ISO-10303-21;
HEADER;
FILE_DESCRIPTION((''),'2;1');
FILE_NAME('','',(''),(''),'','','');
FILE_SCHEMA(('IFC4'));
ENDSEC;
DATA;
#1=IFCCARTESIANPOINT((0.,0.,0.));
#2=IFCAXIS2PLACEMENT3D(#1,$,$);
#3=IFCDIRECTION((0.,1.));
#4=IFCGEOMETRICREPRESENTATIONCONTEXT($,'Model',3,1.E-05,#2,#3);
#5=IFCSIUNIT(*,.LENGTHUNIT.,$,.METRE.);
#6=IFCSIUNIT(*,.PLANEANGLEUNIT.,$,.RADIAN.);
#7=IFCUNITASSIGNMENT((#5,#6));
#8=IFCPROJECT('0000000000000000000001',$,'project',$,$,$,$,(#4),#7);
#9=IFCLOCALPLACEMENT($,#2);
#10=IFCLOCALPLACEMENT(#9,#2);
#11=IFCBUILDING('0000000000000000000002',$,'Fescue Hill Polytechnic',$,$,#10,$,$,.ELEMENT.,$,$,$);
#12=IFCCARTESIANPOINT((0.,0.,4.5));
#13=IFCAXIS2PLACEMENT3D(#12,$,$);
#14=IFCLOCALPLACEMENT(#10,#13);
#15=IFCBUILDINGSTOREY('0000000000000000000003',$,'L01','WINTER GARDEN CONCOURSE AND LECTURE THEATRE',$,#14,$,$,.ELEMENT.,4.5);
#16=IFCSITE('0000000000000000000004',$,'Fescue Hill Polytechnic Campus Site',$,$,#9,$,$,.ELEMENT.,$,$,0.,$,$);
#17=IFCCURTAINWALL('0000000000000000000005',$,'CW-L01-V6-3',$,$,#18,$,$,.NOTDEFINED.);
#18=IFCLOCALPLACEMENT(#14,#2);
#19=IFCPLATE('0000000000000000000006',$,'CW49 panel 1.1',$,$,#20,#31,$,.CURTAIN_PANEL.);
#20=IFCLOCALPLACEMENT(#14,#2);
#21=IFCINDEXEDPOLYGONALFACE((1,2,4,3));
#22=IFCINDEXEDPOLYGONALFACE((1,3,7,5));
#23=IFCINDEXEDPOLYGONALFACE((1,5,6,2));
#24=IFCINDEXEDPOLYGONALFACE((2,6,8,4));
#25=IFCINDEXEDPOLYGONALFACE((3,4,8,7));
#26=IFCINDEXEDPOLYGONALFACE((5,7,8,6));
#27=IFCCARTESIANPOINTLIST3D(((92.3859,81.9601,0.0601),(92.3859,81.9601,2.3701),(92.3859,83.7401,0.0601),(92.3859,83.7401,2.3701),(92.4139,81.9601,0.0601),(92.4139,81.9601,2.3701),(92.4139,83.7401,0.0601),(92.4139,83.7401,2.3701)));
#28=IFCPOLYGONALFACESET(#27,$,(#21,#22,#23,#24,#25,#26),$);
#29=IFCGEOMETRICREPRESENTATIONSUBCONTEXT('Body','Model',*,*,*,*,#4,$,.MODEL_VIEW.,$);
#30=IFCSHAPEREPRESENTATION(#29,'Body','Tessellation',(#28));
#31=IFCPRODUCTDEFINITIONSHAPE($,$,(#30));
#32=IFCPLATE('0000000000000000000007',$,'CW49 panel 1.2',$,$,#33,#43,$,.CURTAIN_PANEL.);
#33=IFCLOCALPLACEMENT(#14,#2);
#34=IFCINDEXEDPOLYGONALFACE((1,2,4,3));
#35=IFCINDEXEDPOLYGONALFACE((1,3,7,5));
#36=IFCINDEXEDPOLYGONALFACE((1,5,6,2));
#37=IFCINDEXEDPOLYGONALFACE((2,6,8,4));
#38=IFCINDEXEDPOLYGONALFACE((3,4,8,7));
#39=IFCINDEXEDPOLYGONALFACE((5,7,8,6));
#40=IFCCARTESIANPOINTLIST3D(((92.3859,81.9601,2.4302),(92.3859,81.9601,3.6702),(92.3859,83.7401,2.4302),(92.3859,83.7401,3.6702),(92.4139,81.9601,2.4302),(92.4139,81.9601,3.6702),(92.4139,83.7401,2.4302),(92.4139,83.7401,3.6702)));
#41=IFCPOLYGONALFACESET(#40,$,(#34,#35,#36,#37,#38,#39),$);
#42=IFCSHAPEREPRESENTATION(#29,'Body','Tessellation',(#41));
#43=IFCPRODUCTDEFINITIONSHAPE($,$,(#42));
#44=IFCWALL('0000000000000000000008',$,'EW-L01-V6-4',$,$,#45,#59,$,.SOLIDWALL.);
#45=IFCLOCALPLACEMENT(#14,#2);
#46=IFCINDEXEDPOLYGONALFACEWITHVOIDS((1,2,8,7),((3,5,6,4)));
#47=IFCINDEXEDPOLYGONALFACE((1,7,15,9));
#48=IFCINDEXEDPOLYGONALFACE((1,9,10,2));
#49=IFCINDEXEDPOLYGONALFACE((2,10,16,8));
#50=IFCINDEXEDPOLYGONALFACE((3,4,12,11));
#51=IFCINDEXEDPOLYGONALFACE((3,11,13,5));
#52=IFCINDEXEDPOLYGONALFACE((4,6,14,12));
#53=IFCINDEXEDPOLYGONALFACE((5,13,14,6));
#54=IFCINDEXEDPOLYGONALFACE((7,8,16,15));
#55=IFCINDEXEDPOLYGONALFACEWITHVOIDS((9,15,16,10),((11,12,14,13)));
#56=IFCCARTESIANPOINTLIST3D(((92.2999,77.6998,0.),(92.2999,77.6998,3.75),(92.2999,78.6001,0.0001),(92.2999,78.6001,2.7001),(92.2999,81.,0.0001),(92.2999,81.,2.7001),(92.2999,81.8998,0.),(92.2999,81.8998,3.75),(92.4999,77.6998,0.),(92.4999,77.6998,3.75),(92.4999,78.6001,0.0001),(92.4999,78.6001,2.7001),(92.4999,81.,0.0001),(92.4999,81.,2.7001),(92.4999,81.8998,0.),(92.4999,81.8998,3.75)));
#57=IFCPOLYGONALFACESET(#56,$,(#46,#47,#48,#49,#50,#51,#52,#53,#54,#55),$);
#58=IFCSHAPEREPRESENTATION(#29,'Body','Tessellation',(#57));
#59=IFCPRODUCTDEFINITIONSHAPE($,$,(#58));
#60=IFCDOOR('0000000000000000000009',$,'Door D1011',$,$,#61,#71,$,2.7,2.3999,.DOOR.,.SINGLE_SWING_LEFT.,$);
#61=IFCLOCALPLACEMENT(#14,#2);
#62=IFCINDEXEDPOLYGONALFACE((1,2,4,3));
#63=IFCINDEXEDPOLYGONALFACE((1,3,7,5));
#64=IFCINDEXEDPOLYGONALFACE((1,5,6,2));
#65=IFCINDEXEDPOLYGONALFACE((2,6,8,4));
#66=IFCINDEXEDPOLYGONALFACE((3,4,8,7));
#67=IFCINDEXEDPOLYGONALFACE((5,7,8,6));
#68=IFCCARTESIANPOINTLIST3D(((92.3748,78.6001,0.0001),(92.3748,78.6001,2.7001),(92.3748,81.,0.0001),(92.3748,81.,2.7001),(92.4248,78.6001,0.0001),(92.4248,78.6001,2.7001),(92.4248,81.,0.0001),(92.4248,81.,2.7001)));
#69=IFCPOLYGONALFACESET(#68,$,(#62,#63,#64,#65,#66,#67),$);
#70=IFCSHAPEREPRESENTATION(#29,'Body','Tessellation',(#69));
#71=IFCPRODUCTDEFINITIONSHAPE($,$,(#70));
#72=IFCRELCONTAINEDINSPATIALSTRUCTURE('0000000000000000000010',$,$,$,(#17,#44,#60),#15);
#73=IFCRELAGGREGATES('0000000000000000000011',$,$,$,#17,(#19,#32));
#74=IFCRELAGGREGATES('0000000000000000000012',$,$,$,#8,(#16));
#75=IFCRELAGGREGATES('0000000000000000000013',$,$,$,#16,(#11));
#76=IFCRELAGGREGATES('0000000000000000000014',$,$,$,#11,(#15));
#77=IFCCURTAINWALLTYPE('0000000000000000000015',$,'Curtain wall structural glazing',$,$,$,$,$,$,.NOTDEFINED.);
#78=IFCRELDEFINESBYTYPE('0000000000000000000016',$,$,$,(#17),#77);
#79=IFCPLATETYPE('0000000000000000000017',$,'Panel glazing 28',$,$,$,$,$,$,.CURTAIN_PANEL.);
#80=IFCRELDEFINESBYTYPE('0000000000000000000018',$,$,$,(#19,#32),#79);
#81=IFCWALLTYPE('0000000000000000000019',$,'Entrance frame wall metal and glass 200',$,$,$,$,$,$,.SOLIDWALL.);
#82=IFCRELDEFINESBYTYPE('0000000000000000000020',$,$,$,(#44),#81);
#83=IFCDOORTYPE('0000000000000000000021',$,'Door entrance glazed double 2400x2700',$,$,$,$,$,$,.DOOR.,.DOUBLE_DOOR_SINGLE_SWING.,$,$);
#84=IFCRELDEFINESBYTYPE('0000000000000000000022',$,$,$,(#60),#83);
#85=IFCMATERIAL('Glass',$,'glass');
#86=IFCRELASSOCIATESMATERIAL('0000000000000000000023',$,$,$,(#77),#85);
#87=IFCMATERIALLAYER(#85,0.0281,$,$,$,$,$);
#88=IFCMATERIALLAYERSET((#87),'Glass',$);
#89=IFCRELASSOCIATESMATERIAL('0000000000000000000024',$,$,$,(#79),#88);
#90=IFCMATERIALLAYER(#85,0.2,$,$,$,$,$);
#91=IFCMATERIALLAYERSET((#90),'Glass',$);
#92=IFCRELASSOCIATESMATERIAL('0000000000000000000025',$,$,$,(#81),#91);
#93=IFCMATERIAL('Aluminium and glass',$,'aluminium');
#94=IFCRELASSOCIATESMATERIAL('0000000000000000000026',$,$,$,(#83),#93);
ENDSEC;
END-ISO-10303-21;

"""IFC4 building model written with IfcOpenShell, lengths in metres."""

from ifc_helpers import new_model, si_unit, direction, frame, frame_2d, origin, origin_2d, place, context, subcontext, project, spatial, rectangle, extrude, material, layer, layer_set, type_object, element, fill, aggregate, save


model = new_model("IFC4")

# Units and contexts
model_context = context("Model", 3, precision=1e-05, world=origin(), true_north=direction((0.0, 1.0)))
body_context = subcontext(model_context, "Body", "Model", "MODEL_VIEW")
ifc_project = project(units=[si_unit("LENGTHUNIT", "METRE"), si_unit("PLANEANGLEUNIT", "RADIAN")], contexts=[model_context])

# Site, building, storey
site_placement = place(None, origin())
site = spatial("IfcSite", under=ifc_project, at=site_placement, Name="Fescue Hill Polytechnic Campus Site", CompositionType="ELEMENT", RefElevation=0.0)
building_placement = place(site_placement, origin())
building = spatial("IfcBuilding", under=site, at=building_placement, Name="Fescue Hill Polytechnic", CompositionType="ELEMENT")
storey_placement = place(building_placement, frame((0.0, 0.0, 4.5)))
storey = spatial("IfcBuildingStorey", under=building, at=storey_placement, Name="L01", Description="WINTER GARDEN CONCOURSE AND LECTURE THEATRE", CompositionType="ELEMENT", Elevation=4.5)

# Curtain wall
ifc_material_1 = material(Name="Glass", Category="glass")
curtain_wall_type = type_object("IfcCurtainWallType", Name="Curtain wall structural glazing", PredefinedType="NOTDEFINED", material=ifc_material_1)
curtain_wall_1_placement = place(storey_placement, origin())
curtain_wall_1 = element("IfcCurtainWall", 1, at=curtain_wall_1_placement, inside=storey, type_object=curtain_wall_type, Name="CW-L01-V6-3", PredefinedType="NOTDEFINED")

# Plates
ifc_layer_1 = layer(ifc_material_1, 0.0281)
ifc_layer_set_1 = layer_set([ifc_layer_1], Name="Glass")
plate_type = type_object("IfcPlateType", Name="Panel glazing 28", PredefinedType="CURTAIN_PANEL", material=ifc_layer_set_1)
plate_1_placement = place(storey_placement, frame((92.3999, 82.8501, 0.0601), z_axis=(0.0, 0.0, 1.0), x_axis=(0.0, -1.0, 0.0)))
plate_1 = element("IfcPlate", 2, at=plate_1_placement, type_object=plate_type, Name="CW49 panel 1.1", PredefinedType="CURTAIN_PANEL", context=body_context, shape_type="SweptSolid", body=[
    extrude(rectangle(XDim=1.78, YDim=0.0281, at=origin_2d()), origin(), (0.0, 0.0, 1.0), 2.3101),
])
plate_2_placement = place(storey_placement, frame((92.3999, 82.8501, 2.4302), z_axis=(0.0, 0.0, 1.0), x_axis=(0.0, -1.0, 0.0)))
plate_2 = element("IfcPlate", 3, at=plate_2_placement, type_object=plate_type, Name="CW49 panel 1.2", PredefinedType="CURTAIN_PANEL", context=body_context, shape_type="SweptSolid", body=[
    extrude(rectangle(XDim=1.78, YDim=0.0281, at=origin_2d()), origin(), (0.0, 0.0, 1.0), 1.24),
])
aggregate(curtain_wall_1, [plate_1, plate_2])

# Wall, opening, door
ifc_layer_2 = layer(ifc_material_1, 0.2)
ifc_layer_set_2 = layer_set([ifc_layer_2], Name="Glass")
wall_type = type_object("IfcWallType", Name="Entrance frame wall metal and glass 200", PredefinedType="SOLIDWALL", material=ifc_layer_set_2)
wall_placement = place(storey_placement, frame((92.3999, 81.8999, 0.0), z_axis=(0.0, 0.0, 1.0), x_axis=(0.0, -1.0, 0.0)))
wall = element("IfcWall", 4, at=wall_placement, inside=storey, type_object=wall_type, Name="EW-L01-V6-4", PredefinedType="SOLIDWALL", context=body_context, shape_type="SweptSolid", body=[
    extrude(rectangle(XDim=4.2, YDim=0.2, at=frame_2d((2.1001, 0.0))), origin(), (0.0, 0.0, 1.0), 3.75),
])
opening_placement = place(wall_placement, frame((0.8999, 0.0, 0.0)))
opening = element("IfcOpeningElement", 5, at=opening_placement, cuts=wall, PredefinedType="OPENING", context=body_context, shape_type="SweptSolid", body=[
    extrude(rectangle(XDim=2.3999, YDim=2.7, at=frame_2d((1.2, 1.3501))), frame((0.0, 0.1099, 0.0), z_axis=(0.0, -1.0, 0.0), x_axis=(1.0, 0.0, 0.0)), (0.0, 0.0, 1.0), 0.22),
])
ifc_material_2 = material(Name="Aluminium and glass", Category="aluminium")
door_type = type_object("IfcDoorType", Name="Door entrance glazed double 2400x2700", OperationType="DOUBLE_DOOR_SINGLE_SWING", PredefinedType="DOOR", material=ifc_material_2)
door_placement = place(opening_placement, origin())
door = element("IfcDoor", 6, at=door_placement, inside=storey, type_object=door_type, Name="Door D1011", OperationType="SINGLE_SWING_LEFT", OverallHeight=2.7, OverallWidth=2.3999, PredefinedType="DOOR", context=body_context, shape_type="SweptSolid", body=[
    extrude(rectangle(XDim=2.3999, YDim=2.7, at=frame_2d((1.2, 1.3501))), frame((0.0, 0.0249, 0.0), z_axis=(0.0, -1.0, 0.0), x_axis=(1.0, 0.0, 0.0)), (0.0, 0.0, 1.0), 0.05),
])
fill(opening, door)

save(model, "model.ifc")
